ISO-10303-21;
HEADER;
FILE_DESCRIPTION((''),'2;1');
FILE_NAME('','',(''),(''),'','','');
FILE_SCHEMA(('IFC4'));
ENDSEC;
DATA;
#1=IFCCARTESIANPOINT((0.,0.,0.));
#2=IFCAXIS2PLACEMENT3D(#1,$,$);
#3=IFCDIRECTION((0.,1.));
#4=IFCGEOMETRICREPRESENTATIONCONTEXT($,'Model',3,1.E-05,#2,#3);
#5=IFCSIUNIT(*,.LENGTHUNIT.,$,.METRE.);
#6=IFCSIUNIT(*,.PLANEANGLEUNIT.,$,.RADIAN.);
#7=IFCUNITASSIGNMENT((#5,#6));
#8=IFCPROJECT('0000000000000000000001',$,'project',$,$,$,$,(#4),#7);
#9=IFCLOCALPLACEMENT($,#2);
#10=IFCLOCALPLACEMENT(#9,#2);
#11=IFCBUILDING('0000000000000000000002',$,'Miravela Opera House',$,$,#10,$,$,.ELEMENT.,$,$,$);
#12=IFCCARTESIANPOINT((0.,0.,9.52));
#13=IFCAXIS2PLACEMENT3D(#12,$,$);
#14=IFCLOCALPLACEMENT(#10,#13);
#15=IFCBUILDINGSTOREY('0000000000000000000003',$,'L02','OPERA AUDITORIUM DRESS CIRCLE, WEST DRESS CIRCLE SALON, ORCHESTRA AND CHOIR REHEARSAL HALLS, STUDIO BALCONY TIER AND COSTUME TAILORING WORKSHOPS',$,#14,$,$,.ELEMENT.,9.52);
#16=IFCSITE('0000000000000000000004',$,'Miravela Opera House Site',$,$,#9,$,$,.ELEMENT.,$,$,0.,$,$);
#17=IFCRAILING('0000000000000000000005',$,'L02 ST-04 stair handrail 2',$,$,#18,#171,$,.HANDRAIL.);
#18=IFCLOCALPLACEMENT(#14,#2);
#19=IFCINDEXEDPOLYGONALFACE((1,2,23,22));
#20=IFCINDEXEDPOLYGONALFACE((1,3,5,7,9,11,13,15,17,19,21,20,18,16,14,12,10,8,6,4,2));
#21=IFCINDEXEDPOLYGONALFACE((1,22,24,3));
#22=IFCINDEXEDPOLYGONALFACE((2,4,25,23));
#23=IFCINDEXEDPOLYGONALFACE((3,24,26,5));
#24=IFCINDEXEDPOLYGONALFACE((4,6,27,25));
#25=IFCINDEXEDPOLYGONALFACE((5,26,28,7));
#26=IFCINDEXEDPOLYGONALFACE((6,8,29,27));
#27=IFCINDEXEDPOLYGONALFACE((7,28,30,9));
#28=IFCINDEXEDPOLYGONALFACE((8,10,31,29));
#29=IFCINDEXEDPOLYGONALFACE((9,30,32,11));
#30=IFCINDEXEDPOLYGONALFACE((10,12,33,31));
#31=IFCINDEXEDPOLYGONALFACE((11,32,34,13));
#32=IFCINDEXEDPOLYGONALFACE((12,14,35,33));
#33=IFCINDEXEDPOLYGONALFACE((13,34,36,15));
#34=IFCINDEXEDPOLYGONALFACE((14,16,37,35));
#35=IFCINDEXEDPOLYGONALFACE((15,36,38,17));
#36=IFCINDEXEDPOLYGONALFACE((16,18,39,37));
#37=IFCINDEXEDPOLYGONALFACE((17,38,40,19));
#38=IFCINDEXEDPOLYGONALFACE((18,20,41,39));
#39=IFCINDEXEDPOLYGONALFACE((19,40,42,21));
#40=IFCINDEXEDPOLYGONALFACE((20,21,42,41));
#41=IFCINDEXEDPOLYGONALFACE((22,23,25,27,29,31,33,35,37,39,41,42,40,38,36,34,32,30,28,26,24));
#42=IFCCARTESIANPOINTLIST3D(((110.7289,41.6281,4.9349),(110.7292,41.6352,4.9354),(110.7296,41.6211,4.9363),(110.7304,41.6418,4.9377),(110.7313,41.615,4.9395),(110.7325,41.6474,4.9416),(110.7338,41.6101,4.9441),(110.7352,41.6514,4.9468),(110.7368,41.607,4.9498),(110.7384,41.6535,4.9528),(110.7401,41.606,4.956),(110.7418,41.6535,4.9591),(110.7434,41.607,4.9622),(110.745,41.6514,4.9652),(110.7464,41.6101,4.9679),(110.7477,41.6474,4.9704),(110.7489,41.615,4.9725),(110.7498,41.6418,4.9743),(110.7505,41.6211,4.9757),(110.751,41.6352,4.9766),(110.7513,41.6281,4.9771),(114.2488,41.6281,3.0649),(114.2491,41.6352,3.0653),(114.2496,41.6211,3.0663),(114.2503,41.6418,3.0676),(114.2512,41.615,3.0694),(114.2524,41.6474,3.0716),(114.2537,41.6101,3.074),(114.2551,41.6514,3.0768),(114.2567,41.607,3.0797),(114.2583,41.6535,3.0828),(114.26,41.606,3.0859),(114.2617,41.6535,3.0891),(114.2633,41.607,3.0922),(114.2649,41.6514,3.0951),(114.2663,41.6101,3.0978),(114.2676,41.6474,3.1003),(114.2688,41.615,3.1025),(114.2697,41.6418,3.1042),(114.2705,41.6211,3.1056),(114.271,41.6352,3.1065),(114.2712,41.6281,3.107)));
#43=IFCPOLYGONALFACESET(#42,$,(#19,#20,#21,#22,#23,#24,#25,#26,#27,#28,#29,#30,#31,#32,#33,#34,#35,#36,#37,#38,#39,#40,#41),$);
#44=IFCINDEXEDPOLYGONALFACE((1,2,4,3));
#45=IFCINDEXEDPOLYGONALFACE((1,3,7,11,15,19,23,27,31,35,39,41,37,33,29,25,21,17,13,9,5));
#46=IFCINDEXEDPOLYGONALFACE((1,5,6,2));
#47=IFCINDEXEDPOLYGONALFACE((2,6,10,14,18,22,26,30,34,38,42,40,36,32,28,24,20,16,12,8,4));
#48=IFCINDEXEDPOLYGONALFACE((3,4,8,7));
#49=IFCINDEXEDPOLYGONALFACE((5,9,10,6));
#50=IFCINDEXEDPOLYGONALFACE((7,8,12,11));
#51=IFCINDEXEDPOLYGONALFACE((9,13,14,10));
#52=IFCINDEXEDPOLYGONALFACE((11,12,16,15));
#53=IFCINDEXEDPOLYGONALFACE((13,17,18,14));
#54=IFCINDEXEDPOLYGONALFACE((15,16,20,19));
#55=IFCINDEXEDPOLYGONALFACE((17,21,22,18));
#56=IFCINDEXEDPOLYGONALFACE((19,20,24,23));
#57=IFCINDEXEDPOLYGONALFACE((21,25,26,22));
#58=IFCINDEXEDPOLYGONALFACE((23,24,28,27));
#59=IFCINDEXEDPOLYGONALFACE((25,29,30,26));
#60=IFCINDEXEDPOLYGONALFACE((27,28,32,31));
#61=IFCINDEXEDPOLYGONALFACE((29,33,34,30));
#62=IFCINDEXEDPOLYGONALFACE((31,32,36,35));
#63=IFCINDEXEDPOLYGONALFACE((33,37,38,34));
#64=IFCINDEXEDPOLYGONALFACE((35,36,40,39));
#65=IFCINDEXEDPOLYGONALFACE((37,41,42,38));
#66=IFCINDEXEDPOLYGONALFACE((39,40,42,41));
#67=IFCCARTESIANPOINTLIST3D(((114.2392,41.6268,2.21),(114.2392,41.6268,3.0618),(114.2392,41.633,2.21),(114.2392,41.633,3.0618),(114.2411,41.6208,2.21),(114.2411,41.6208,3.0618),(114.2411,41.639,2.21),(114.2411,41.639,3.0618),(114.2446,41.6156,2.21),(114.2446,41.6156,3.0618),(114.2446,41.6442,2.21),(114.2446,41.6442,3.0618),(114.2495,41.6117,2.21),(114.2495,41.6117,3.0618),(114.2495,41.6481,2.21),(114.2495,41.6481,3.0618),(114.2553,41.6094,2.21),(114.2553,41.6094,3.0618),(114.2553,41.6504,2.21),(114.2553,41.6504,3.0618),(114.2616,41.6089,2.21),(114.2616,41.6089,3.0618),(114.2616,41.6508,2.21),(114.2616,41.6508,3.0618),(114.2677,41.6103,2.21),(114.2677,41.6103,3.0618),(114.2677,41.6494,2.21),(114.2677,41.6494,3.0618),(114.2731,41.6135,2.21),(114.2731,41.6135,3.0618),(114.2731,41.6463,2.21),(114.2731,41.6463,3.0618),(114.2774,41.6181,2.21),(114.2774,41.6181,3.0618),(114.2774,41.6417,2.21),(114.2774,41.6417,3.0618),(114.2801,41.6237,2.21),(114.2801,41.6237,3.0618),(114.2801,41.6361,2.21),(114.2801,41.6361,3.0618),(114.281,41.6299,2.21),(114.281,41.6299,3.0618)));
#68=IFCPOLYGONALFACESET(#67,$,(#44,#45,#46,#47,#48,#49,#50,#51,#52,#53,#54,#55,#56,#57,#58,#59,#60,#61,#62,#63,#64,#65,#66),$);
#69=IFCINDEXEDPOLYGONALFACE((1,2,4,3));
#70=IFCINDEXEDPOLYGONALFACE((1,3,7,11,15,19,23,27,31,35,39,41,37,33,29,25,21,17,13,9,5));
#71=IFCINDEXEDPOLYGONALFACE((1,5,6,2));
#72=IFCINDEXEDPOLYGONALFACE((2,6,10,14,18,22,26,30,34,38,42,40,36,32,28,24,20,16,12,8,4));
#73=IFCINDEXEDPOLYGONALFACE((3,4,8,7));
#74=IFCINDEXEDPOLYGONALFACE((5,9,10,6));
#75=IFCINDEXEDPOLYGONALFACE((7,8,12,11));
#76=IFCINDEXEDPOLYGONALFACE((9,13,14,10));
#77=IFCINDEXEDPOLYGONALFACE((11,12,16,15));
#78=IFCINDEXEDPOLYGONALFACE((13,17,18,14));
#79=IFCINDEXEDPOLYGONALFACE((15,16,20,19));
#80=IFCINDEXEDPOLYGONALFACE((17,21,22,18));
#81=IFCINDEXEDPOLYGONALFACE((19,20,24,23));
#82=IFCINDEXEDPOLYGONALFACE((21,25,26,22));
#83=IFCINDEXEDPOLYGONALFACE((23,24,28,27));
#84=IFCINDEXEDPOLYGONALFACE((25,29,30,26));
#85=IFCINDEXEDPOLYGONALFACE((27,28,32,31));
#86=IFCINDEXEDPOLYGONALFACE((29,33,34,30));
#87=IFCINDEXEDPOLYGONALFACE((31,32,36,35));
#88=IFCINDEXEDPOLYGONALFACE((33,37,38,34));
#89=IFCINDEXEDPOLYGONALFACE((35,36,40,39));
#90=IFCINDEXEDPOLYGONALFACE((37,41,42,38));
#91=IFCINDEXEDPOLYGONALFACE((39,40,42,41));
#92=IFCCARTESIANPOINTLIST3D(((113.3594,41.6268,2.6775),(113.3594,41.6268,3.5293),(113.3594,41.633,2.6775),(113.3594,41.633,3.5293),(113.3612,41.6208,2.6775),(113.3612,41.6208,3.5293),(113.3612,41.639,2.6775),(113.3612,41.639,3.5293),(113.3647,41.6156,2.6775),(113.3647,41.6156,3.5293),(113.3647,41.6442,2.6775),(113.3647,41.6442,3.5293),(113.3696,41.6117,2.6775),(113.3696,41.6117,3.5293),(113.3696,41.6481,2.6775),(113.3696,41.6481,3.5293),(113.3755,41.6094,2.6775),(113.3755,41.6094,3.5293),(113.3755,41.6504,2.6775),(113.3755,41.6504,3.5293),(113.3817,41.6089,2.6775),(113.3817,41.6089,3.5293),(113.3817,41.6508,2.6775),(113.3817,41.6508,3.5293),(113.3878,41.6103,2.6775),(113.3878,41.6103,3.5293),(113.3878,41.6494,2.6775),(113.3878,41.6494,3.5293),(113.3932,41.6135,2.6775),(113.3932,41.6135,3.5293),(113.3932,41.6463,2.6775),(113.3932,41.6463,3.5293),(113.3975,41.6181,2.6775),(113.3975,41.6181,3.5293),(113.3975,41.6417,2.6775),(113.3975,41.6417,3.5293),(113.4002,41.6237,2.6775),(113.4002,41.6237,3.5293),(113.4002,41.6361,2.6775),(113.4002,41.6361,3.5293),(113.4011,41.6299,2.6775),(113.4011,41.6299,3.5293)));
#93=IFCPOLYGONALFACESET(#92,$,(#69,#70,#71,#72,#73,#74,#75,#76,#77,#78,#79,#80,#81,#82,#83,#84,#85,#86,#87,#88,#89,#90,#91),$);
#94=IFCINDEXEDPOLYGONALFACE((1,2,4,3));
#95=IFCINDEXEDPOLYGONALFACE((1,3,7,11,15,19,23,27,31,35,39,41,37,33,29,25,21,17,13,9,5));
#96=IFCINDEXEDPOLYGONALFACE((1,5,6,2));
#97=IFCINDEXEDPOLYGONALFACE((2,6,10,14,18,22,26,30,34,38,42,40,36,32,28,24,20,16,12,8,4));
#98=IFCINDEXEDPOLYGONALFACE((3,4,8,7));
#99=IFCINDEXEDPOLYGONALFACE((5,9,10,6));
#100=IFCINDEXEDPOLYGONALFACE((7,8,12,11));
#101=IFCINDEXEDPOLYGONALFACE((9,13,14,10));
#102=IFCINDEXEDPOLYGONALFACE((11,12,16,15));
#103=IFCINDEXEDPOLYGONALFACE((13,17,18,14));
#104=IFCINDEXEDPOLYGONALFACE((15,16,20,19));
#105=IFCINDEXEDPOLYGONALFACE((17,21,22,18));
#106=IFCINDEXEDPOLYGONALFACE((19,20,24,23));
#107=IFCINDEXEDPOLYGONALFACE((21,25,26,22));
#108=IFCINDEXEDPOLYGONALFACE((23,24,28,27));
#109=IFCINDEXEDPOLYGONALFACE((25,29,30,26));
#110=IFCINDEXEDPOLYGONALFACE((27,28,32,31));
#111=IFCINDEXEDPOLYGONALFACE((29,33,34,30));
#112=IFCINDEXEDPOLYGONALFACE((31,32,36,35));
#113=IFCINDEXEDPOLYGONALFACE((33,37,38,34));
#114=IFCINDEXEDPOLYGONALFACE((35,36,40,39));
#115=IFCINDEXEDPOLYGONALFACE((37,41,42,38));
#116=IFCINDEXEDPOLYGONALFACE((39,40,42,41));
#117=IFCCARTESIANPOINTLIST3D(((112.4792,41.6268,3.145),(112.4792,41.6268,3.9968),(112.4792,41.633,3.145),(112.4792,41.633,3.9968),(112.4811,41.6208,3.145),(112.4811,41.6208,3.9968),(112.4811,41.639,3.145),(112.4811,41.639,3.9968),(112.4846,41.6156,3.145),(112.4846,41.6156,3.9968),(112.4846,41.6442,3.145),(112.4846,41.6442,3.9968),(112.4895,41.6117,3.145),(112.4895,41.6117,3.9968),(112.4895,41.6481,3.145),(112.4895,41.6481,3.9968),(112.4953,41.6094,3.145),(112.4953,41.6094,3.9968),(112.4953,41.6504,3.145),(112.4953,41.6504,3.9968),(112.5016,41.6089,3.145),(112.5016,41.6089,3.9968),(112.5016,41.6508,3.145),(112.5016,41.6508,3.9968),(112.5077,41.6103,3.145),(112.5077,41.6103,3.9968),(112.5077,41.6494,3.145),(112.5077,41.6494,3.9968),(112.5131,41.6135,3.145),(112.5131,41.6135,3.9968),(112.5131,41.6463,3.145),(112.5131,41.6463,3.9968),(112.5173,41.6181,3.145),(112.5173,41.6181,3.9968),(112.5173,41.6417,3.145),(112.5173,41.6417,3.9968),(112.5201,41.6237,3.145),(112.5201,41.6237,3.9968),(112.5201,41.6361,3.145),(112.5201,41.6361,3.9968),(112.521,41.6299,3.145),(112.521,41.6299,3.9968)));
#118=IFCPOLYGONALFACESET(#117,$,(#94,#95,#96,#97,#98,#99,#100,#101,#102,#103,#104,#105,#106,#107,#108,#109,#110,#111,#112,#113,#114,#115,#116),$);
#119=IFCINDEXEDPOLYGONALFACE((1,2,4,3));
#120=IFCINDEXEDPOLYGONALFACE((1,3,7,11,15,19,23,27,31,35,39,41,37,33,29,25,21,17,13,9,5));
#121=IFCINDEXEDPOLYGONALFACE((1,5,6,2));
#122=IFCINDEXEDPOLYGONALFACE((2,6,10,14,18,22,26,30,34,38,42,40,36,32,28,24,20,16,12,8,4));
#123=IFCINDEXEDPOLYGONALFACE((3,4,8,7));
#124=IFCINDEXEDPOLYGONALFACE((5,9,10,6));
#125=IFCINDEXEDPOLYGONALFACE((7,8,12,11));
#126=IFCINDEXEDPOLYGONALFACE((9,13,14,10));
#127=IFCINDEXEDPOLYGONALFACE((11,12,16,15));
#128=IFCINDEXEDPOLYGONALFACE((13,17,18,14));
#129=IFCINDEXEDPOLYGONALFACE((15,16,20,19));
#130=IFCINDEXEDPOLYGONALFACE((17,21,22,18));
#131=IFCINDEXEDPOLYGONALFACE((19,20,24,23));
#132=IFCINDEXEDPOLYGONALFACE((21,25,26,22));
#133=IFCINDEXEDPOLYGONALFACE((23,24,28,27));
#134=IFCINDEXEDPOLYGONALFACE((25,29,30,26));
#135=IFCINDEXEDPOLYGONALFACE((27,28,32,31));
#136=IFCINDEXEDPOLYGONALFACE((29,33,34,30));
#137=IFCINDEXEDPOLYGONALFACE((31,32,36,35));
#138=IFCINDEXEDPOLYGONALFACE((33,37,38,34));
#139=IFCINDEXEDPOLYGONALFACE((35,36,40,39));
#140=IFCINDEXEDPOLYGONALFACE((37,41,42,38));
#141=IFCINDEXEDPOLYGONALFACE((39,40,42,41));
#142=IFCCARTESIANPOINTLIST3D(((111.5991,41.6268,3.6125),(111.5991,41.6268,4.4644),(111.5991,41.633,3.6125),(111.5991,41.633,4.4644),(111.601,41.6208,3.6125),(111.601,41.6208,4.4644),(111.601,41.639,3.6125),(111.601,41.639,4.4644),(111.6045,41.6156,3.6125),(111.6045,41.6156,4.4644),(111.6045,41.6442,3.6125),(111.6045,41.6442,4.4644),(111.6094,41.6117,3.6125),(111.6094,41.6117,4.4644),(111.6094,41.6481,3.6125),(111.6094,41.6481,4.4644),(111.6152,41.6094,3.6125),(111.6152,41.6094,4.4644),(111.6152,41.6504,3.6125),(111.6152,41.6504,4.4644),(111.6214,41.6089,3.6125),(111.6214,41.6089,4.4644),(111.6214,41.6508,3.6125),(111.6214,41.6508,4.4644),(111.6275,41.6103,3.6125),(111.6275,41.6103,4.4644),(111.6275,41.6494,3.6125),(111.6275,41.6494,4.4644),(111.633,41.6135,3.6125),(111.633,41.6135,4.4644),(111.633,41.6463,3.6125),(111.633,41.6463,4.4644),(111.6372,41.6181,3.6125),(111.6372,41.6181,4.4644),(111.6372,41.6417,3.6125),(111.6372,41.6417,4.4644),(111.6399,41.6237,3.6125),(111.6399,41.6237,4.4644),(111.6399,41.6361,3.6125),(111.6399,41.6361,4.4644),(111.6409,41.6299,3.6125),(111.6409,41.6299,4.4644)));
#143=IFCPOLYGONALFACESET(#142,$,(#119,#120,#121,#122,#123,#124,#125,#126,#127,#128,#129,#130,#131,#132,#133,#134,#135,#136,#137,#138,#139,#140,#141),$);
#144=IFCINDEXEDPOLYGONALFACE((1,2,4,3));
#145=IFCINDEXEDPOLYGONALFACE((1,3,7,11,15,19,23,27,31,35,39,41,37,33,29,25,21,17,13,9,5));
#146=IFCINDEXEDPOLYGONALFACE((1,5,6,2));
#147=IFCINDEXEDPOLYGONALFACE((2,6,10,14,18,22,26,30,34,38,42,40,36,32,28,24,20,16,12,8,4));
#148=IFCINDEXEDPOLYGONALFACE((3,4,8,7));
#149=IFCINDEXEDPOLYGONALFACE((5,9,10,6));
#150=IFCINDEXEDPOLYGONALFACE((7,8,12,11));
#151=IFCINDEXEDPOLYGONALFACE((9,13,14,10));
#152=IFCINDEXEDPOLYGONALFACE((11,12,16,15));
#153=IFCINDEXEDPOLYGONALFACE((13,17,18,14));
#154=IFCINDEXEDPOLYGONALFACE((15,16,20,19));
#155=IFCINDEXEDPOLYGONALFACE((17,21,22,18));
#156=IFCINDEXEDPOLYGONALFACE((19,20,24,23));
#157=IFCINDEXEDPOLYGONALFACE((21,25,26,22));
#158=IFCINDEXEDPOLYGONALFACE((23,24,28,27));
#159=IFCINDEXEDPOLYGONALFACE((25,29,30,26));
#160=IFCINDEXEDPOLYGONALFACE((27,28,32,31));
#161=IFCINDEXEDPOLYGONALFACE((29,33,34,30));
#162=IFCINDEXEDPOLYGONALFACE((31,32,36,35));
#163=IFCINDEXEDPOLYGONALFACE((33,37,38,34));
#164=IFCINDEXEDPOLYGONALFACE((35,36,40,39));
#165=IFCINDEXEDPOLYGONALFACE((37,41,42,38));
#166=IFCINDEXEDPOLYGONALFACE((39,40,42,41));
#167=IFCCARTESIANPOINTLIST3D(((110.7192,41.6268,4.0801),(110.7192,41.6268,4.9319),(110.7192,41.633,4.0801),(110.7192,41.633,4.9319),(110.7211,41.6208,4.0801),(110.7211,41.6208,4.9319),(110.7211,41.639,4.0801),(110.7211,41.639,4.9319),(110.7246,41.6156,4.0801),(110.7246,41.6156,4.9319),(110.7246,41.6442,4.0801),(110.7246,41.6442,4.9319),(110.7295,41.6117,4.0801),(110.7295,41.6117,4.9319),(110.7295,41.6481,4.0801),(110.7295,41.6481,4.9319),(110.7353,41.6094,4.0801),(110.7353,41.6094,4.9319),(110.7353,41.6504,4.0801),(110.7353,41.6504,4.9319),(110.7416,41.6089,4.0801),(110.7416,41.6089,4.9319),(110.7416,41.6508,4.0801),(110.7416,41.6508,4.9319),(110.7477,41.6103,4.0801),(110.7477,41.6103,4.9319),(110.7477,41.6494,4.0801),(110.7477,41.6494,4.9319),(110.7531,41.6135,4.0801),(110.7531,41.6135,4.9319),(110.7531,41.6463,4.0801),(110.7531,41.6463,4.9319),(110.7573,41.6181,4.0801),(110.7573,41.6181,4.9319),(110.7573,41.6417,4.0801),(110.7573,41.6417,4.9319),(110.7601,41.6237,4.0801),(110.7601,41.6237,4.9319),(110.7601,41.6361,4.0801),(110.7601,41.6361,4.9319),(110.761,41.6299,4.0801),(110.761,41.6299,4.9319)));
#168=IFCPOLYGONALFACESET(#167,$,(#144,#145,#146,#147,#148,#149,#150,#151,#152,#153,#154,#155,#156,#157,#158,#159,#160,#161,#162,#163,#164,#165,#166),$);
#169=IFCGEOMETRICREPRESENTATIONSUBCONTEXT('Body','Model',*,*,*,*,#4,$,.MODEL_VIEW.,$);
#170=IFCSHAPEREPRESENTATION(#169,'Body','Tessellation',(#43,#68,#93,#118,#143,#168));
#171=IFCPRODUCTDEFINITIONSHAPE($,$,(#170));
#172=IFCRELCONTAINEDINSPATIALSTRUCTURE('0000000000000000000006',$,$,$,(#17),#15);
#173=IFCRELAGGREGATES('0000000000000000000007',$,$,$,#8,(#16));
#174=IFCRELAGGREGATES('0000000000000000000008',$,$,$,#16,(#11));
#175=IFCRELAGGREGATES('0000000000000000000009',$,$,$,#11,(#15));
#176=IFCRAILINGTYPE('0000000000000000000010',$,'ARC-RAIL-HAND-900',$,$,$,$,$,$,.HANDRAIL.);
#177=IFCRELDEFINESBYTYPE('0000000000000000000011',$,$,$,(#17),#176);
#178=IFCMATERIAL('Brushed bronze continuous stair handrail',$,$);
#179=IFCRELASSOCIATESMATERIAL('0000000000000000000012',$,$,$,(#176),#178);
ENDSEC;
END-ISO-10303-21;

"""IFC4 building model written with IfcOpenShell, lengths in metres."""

from ifc_helpers import new_model, si_unit, direction, frame, origin, origin_2d, place, context, subcontext, project, spatial, circle, extrude, material, type_object, element, save


model = new_model("IFC4")

# Units and contexts
model_context = context("Model", 3, precision=1e-05, world=origin(), true_north=direction((0.0, 1.0)))
body_context = subcontext(model_context, "Body", "Model", "MODEL_VIEW")
ifc_project = project(units=[si_unit("LENGTHUNIT", "METRE"), si_unit("PLANEANGLEUNIT", "RADIAN")], contexts=[model_context])

# Site, building, storey
site_placement = place(None, origin())
site = spatial("IfcSite", under=ifc_project, at=site_placement, Name="Miravela Opera House Site", CompositionType="ELEMENT", RefElevation=0.0)
building_placement = place(site_placement, origin())
building = spatial("IfcBuilding", under=site, at=building_placement, Name="Miravela Opera House", CompositionType="ELEMENT")
storey_placement = place(building_placement, frame((0.0, 0.0, 9.52)))
storey = spatial("IfcBuildingStorey", under=building, at=storey_placement, Name="L02", Description="OPERA AUDITORIUM DRESS CIRCLE, WEST DRESS CIRCLE SALON, ORCHESTRA AND CHOIR REHEARSAL HALLS, STUDIO BALCONY TIER AND COSTUME TAILORING WORKSHOPS", CompositionType="ELEMENT", Elevation=9.52)

# Railing
ifc_material_1 = material(Name="Brushed bronze continuous stair handrail")
railing_type_1 = type_object("IfcRailingType", Name="ARC-RAIL-HAND-900", PredefinedType="HANDRAIL", material=ifc_material_1)
railing_1_placement = place(storey_placement, frame((114.26, 41.6299, 2.21)))
element("IfcRailing", 1, at=railing_1_placement, inside=storey, type_object=railing_type_1, Name="L02 ST-04 stair handrail 2", PredefinedType="HANDRAIL", context=body_context, shape_type="SweptSolid", body=[
    extrude(circle(Radius=0.0239, at=origin_2d()), frame((0.0, 0.0, 0.876), z_axis=(-0.883105, 0.0, 0.469176), x_axis=(0.0, -1.0, 0.0)), (0.0, 0.0, 1.0), 3.9858),
    extrude(circle(Radius=0.021, at=origin_2d()), origin(), (0.0, 0.0, 1.0), 0.8518),
    extrude(circle(Radius=0.021, at=origin_2d()), frame((-0.8799, 0.0, 0.4675)), (0.0, 0.0, 1.0), 0.8518),
    extrude(circle(Radius=0.021, at=origin_2d()), frame((-1.76, 0.0, 0.9351)), (0.0, 0.0, 1.0), 0.8518),
    extrude(circle(Radius=0.021, at=origin_2d()), frame((-2.6401, 0.0, 1.4026)), (0.0, 0.0, 1.0), 0.8518),
    extrude(circle(Radius=0.021, at=origin_2d()), frame((-3.52, 0.0, 1.8701)), (0.0, 0.0, 1.0), 0.8518),
])

save(model, "model.ifc")
